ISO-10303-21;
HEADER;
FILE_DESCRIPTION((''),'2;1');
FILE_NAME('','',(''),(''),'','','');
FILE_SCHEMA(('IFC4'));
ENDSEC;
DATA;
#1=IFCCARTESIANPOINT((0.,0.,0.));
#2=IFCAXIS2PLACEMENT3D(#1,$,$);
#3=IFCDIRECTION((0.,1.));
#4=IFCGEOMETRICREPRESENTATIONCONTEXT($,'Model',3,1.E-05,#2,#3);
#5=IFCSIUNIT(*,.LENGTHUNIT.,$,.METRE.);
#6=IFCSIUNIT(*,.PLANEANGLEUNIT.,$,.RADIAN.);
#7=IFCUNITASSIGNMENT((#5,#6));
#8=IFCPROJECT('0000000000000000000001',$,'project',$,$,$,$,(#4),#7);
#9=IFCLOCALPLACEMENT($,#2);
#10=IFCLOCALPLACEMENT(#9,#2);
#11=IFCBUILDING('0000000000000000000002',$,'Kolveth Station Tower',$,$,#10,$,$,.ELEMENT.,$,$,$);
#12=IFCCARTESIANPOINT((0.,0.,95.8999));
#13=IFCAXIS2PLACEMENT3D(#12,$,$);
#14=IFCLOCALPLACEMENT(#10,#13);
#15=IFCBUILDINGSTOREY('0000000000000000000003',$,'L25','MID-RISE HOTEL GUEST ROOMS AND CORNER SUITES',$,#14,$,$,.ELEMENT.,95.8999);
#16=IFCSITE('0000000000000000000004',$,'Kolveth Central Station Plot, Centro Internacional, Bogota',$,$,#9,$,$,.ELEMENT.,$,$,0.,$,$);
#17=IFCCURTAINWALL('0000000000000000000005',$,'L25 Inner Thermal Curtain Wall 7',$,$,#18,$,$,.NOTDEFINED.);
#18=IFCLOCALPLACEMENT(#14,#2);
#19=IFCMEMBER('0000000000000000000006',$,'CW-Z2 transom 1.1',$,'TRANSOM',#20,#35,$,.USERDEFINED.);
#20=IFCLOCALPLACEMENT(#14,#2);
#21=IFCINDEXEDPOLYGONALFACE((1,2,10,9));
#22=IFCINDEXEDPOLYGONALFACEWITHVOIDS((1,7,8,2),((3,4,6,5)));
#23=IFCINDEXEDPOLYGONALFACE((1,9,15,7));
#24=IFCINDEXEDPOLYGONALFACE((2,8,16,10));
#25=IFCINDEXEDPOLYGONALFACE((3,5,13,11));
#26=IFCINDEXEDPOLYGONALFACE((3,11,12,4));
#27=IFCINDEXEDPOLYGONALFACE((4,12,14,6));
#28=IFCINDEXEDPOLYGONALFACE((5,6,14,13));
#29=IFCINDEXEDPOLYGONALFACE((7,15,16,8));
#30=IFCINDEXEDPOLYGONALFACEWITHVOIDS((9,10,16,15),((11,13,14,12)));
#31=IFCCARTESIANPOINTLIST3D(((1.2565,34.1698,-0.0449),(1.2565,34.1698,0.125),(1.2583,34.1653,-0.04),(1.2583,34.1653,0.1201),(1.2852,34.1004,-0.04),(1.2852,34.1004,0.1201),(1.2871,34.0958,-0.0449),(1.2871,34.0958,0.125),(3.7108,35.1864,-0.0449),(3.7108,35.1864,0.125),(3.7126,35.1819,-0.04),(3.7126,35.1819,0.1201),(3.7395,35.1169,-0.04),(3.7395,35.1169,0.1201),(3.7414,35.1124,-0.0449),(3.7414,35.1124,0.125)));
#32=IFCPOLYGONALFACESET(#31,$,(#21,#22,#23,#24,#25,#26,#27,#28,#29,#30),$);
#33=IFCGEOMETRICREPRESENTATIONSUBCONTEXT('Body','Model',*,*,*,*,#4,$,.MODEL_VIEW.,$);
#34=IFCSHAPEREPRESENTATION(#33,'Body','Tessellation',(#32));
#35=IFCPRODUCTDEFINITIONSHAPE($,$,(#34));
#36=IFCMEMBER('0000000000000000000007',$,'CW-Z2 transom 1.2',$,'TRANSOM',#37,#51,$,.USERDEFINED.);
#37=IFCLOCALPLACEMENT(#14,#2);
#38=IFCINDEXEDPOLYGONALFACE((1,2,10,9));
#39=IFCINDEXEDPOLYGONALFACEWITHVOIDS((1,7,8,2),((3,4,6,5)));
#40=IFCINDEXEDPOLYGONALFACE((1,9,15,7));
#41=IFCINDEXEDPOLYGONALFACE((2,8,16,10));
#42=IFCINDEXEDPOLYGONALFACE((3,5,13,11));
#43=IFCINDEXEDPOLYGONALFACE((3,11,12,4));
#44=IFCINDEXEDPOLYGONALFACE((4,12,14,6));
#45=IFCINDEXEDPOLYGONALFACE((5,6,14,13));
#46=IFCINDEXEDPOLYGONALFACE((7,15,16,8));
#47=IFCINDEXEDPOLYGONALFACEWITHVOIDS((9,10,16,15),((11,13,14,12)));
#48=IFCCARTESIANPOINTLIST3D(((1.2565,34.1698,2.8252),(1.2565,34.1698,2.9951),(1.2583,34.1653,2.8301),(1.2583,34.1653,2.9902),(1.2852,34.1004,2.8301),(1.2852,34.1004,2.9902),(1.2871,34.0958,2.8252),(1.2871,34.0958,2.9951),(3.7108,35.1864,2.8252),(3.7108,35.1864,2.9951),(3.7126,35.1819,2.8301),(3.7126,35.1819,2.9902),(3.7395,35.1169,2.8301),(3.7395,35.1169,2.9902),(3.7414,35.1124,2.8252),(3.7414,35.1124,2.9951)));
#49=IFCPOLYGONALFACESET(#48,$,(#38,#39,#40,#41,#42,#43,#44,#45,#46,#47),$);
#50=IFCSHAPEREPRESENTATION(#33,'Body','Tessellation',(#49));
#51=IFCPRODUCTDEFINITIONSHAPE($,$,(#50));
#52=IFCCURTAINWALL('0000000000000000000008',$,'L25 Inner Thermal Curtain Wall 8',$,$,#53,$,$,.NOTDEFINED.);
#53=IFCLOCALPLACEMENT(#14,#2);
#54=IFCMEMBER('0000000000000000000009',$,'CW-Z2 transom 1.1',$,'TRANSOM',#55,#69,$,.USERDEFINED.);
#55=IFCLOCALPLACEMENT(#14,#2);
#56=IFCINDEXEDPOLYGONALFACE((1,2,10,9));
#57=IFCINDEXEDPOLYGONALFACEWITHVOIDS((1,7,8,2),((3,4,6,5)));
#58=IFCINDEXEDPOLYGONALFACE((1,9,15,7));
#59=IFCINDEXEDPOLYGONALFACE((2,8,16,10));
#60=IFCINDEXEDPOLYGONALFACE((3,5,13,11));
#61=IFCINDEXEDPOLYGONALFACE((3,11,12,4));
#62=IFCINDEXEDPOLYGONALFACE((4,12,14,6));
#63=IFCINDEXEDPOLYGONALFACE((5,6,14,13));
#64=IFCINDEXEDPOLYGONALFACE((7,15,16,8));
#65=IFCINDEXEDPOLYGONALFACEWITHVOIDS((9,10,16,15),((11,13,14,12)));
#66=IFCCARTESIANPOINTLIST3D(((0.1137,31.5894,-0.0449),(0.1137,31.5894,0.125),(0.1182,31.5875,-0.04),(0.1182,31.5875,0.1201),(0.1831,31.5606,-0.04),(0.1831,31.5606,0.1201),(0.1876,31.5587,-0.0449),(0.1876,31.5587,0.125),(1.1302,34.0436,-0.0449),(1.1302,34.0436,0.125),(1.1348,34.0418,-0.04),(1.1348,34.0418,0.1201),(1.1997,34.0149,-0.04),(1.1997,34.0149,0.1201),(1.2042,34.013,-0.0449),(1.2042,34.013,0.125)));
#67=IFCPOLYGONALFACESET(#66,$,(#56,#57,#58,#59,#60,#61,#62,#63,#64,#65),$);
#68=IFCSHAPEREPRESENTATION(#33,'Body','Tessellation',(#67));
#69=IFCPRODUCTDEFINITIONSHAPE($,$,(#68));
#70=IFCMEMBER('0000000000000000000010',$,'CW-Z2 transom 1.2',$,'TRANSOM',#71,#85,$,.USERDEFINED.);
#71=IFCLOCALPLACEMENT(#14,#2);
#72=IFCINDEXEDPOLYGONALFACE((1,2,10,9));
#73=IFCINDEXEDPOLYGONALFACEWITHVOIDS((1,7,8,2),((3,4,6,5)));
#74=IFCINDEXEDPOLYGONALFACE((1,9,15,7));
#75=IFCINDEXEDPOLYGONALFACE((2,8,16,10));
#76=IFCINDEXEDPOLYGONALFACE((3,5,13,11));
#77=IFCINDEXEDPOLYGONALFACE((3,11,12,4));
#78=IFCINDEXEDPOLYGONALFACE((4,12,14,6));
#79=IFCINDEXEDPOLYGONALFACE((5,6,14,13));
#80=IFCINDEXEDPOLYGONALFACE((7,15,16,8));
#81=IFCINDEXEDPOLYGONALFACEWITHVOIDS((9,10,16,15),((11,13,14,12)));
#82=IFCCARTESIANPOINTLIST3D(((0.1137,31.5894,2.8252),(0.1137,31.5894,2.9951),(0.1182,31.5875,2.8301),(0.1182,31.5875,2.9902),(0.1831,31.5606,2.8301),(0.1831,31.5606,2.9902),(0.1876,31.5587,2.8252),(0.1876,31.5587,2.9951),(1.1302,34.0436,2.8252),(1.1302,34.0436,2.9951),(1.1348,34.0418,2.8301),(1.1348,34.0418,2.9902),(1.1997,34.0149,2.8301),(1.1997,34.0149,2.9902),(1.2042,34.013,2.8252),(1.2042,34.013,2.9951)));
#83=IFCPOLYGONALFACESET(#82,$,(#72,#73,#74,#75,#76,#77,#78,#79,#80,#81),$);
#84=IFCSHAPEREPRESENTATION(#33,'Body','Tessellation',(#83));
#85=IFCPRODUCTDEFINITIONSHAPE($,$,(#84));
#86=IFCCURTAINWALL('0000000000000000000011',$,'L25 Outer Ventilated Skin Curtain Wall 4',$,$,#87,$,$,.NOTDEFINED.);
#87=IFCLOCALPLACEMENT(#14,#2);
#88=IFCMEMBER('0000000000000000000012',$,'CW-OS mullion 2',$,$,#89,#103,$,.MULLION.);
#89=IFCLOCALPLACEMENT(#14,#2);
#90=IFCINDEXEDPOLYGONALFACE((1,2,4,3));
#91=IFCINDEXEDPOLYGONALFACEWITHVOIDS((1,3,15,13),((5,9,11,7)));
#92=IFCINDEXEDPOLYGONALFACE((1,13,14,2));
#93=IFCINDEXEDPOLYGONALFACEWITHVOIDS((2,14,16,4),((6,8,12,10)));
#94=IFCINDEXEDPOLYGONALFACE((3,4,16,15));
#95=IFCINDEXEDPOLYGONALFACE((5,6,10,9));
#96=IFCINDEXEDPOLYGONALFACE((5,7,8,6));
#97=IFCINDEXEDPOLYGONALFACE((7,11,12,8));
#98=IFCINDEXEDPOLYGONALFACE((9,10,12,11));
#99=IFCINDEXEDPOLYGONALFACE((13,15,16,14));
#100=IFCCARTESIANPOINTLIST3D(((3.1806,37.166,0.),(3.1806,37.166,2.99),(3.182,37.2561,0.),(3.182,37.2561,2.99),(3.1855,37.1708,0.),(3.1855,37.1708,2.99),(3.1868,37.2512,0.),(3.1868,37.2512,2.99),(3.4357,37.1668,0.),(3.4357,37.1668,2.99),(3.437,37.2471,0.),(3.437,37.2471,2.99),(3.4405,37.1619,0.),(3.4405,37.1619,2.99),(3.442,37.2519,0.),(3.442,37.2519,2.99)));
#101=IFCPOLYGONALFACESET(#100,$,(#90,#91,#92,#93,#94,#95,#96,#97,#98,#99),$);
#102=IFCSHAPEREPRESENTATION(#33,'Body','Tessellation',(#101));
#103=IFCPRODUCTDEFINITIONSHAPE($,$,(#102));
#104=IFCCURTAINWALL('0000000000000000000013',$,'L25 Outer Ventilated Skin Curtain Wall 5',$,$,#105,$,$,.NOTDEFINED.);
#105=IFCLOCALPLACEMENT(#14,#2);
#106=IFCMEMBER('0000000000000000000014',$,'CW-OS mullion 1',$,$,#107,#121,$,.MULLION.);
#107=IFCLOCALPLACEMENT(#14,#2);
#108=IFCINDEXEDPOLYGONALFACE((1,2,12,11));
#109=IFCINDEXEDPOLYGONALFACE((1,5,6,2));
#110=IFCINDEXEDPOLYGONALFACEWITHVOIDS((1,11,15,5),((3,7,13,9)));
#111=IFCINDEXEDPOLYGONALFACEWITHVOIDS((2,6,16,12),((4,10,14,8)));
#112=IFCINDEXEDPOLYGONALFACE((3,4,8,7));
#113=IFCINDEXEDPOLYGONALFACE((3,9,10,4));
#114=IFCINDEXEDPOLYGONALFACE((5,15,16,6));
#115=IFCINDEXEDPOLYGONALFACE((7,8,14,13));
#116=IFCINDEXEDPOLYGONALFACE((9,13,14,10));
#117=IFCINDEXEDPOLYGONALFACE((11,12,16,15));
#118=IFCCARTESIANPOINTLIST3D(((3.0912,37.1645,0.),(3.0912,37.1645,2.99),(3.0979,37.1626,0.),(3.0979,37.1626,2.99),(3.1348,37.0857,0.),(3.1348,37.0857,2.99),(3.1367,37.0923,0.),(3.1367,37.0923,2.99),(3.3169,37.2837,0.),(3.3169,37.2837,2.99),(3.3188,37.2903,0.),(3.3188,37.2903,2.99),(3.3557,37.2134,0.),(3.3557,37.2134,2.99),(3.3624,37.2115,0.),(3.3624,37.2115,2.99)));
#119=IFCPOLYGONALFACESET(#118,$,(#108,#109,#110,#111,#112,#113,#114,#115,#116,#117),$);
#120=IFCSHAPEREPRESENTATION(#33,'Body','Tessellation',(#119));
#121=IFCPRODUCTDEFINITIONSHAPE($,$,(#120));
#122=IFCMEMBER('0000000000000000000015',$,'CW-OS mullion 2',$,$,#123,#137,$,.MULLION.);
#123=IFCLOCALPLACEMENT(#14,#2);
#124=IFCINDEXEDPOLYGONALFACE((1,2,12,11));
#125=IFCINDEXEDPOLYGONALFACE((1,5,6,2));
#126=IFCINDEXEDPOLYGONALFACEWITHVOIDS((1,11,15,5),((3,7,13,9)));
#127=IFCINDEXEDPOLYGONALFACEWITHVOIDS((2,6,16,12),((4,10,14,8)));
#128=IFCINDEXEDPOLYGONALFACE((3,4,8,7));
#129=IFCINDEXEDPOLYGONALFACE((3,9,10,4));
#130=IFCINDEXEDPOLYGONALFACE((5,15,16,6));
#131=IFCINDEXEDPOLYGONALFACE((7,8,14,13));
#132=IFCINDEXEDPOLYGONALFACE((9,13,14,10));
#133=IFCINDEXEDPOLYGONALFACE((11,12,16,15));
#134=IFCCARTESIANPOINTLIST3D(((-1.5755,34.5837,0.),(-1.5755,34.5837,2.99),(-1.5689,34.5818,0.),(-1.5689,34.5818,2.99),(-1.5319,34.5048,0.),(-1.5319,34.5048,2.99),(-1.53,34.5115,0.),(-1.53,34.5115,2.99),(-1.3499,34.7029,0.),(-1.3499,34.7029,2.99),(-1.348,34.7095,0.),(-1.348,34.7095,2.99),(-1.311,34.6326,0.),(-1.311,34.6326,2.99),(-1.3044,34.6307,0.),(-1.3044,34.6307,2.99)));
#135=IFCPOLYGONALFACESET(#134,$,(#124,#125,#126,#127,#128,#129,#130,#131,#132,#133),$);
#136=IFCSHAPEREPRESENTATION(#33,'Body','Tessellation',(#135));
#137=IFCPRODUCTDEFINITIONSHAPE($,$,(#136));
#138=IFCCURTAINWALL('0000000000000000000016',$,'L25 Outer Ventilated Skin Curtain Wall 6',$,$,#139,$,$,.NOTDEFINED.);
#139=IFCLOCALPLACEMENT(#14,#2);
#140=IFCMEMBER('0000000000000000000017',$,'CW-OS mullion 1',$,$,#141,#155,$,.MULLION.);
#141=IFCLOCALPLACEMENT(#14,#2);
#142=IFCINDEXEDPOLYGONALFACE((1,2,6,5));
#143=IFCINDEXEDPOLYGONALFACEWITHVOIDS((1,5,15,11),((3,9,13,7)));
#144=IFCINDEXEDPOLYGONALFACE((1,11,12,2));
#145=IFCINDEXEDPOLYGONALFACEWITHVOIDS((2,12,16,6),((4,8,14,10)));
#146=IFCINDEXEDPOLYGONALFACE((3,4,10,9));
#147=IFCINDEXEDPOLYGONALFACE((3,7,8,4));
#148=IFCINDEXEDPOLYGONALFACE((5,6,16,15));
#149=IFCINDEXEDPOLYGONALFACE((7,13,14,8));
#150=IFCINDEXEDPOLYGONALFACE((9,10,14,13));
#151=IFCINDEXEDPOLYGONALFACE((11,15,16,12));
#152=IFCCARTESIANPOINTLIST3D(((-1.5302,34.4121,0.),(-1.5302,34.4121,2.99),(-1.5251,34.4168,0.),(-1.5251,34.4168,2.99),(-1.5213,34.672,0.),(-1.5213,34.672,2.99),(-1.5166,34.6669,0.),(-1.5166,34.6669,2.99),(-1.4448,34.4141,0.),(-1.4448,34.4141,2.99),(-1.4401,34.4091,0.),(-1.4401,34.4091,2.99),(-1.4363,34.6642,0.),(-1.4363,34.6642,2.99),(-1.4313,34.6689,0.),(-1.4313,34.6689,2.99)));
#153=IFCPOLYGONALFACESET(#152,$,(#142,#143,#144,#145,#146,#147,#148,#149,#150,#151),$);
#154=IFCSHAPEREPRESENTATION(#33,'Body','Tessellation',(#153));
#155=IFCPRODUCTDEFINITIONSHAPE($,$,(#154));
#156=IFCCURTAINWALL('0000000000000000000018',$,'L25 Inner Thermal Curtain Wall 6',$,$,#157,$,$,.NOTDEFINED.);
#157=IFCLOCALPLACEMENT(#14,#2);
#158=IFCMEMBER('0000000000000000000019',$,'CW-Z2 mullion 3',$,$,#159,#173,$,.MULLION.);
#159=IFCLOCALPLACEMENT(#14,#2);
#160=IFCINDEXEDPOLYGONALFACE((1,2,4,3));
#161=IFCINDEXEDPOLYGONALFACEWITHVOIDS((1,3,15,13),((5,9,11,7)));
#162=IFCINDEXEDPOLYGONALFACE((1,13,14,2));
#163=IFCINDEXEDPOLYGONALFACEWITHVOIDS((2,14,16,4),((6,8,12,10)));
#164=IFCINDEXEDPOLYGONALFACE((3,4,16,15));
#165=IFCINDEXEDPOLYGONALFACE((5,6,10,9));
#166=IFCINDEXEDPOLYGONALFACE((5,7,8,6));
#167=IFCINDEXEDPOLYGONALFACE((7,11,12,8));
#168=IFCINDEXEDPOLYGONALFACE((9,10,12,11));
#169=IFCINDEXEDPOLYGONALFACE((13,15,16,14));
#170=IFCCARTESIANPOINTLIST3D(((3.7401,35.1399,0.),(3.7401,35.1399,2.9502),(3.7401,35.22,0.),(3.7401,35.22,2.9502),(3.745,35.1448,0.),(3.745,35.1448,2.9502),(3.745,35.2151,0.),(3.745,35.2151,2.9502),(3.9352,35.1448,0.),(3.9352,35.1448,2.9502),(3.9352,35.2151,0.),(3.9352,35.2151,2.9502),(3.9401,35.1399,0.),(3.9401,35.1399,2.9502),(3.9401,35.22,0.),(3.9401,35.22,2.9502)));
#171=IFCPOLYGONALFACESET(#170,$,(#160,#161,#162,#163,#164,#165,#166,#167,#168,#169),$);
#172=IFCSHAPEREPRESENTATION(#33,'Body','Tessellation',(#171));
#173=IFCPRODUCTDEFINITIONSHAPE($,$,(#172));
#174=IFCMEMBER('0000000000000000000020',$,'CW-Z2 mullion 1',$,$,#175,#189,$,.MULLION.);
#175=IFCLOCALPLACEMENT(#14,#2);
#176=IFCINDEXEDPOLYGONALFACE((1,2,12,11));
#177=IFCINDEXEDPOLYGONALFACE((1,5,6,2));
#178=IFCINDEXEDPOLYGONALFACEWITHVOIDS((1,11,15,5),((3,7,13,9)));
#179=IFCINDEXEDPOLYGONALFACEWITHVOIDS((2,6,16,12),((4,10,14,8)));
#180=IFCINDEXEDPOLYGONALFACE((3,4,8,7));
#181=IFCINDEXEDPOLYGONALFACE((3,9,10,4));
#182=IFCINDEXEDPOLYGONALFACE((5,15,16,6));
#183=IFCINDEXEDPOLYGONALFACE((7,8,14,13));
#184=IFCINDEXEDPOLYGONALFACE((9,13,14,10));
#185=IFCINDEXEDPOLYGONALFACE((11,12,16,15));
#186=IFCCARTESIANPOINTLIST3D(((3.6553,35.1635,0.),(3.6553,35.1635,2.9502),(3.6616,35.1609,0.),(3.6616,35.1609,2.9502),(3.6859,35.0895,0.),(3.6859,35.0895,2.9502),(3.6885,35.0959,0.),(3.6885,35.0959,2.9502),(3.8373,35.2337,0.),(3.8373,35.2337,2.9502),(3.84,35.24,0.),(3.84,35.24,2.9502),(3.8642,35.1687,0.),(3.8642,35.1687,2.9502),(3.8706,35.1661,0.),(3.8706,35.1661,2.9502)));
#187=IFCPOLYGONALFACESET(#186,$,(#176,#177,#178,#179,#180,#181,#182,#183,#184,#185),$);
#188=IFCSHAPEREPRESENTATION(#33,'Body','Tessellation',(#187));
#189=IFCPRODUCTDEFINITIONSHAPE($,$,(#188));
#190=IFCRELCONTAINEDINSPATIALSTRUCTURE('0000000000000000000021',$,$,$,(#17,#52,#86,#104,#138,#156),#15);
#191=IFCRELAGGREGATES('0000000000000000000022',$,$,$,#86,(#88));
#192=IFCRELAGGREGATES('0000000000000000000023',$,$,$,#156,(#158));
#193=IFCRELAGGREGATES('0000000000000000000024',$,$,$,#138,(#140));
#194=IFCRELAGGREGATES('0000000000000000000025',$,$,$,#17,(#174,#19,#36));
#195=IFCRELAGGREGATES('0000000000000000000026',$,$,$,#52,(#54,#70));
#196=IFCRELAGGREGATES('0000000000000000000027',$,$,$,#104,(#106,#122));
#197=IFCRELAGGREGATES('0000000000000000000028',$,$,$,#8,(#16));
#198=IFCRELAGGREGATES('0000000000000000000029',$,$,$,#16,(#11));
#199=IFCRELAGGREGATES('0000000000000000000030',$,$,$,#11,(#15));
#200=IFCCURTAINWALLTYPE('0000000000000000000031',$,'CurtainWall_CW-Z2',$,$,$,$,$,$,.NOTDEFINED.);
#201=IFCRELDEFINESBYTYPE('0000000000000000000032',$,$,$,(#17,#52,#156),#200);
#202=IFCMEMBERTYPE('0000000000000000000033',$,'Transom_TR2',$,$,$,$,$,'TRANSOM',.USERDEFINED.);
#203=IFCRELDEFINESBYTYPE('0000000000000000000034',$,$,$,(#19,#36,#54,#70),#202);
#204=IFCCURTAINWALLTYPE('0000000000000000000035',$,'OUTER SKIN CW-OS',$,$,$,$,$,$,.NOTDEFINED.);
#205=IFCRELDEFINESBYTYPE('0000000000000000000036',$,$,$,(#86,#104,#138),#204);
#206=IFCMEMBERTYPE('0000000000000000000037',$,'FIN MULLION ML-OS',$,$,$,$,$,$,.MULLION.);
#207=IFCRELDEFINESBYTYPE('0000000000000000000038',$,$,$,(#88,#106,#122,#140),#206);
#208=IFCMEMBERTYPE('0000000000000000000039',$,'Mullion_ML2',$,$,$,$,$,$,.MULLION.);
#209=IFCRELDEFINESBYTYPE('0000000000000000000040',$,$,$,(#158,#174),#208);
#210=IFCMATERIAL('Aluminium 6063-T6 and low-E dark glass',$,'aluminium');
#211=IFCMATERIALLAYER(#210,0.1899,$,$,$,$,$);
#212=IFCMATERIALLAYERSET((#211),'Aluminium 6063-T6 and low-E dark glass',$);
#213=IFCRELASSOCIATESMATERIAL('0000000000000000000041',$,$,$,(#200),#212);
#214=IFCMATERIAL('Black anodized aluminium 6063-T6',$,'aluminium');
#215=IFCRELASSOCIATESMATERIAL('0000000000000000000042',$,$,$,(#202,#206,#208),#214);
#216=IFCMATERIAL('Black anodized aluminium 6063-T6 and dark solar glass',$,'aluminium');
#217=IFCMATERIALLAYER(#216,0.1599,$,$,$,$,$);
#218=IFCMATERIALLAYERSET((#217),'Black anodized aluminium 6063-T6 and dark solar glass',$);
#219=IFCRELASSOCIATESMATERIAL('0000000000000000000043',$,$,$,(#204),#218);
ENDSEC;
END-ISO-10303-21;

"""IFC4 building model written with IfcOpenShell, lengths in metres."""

from ifc_helpers import new_model, si_unit, direction, frame, origin, origin_2d, place, context, subcontext, project, spatial, hollow_rectangle, extrude, source, transform, mapped, material, layer, layer_set, material_profile, profile_set, type_object, element, aggregate, save


model = new_model("IFC4")

# Units and contexts
model_context = context("Model", 3, precision=1e-05, world=origin(), true_north=direction((0.0, 1.0)))
body_context = subcontext(model_context, "Body", "Model", "MODEL_VIEW")
ifc_project = project(units=[si_unit("LENGTHUNIT", "METRE"), si_unit("PLANEANGLEUNIT", "RADIAN")], contexts=[model_context])

# Site, building, storey
site_placement = place(None, origin())
site = spatial("IfcSite", under=ifc_project, at=site_placement, Name="Kolveth Central Station Plot, Centro Internacional, Bogota", CompositionType="ELEMENT", RefElevation=0.0)
building_placement = place(site_placement, origin())
building = spatial("IfcBuilding", under=site, at=building_placement, Name="Kolveth Station Tower", CompositionType="ELEMENT")
storey_placement = place(building_placement, frame((0.0, 0.0, 95.8999)))
storey = spatial("IfcBuildingStorey", under=building, at=storey_placement, Name="L25", Description="MID-RISE HOTEL GUEST ROOMS AND CORNER SUITES", CompositionType="ELEMENT", Elevation=95.8999)

# Curtain walls, members
ifc_material_1 = material(Name="Aluminium 6063-T6 and low-E dark glass", Category="aluminium")
ifc_layer_1 = layer(ifc_material_1, 0.1899)
ifc_layer_set_1 = layer_set([ifc_layer_1], Name="Aluminium 6063-T6 and low-E dark glass")
curtain_wall_type_1 = type_object("IfcCurtainWallType", Name="CurtainWall_CW-Z2", PredefinedType="NOTDEFINED", material=ifc_layer_set_1)
curtain_wall_1_placement = place(storey_placement, origin())
curtain_wall_1 = element("IfcCurtainWall", 1, at=curtain_wall_1_placement, inside=storey, type_object=curtain_wall_type_1, Name="L25 Inner Thermal Curtain Wall 7", PredefinedType="NOTDEFINED")
ifc_material_2 = material(Name="Black anodized aluminium 6063-T6", Category="aluminium")
ifc_material_profile_1 = material_profile(ifc_material_2, hollow_rectangle(XDim=0.0801, YDim=0.1699, WallThickness=0.0049, at=origin_2d()), Name="ALU-80x170x5")
ifc_profile_set_1 = profile_set([ifc_material_profile_1], Name="Black anodized aluminium 6063-T6")
member_type_1 = type_object("IfcMemberType", Name="Transom_TR2", ElementType="TRANSOM", PredefinedType="USERDEFINED", material=ifc_profile_set_1)
shared_shape_1 = source(origin(), body_context, "Body", "SweptSolid", [
    extrude(hollow_rectangle(XDim=0.0801, YDim=0.1699, WallThickness=0.0049, at=origin_2d()), origin(), (0.0, 0.0, 1.0), 2.6565),
])
member_1_placement = place(storey_placement, frame((3.7261, 35.1494, 0.04), z_axis=(-0.923882, -0.382676, 0.0), x_axis=(0.382676, -0.923882, 0.0)))
member_1 = element("IfcMember", 2, at=member_1_placement, type_object=member_type_1, Name="CW-Z2 transom 1.1", ObjectType="TRANSOM", PredefinedType="USERDEFINED", context=body_context, shape_type="MappedRepresentation", body=[
    mapped(shared_shape_1, transform((0.0, 0.0, 0.0), x_axis=(1.0, 0.0, 0.0), y_axis=(0.0, 1.0, 0.0), z_axis=(0.0, 0.0, 1.0), scale=1.0)),
])
member_2_placement = place(storey_placement, frame((3.7261, 35.1494, 2.9102), z_axis=(-0.923882, -0.382676, 0.0), x_axis=(0.382676, -0.923882, 0.0)))
member_2 = element("IfcMember", 3, at=member_2_placement, type_object=member_type_1, Name="CW-Z2 transom 1.2", ObjectType="TRANSOM", PredefinedType="USERDEFINED", context=body_context, shape_type="MappedRepresentation", body=[
    mapped(shared_shape_1, transform((0.0, 0.0, 0.0), x_axis=(1.0, 0.0, 0.0), y_axis=(0.0, 1.0, 0.0), z_axis=(0.0, 0.0, 1.0), scale=1.0)),
])
curtain_wall_2_placement = place(storey_placement, origin())
curtain_wall_2 = element("IfcCurtainWall", 4, at=curtain_wall_2_placement, inside=storey, type_object=curtain_wall_type_1, Name="L25 Inner Thermal Curtain Wall 8", PredefinedType="NOTDEFINED")
member_3_placement = place(storey_placement, frame((1.1672, 34.0283, 0.04), z_axis=(-0.382676, -0.923882, 0.0), x_axis=(0.923882, -0.382676, 0.0)))
member_3 = element("IfcMember", 5, at=member_3_placement, type_object=member_type_1, Name="CW-Z2 transom 1.1", ObjectType="TRANSOM", PredefinedType="USERDEFINED", context=body_context, shape_type="MappedRepresentation", body=[
    mapped(shared_shape_1, transform((0.0, 0.0, 0.0), x_axis=(1.0, 0.0, 0.0), y_axis=(0.0, 1.0, 0.0), z_axis=(0.0, 0.0, 1.0), scale=1.0)),
])
member_4_placement = place(storey_placement, frame((1.1672, 34.0283, 2.9102), z_axis=(-0.382676, -0.923882, 0.0), x_axis=(0.923882, -0.382676, 0.0)))
member_4 = element("IfcMember", 6, at=member_4_placement, type_object=member_type_1, Name="CW-Z2 transom 1.2", ObjectType="TRANSOM", PredefinedType="USERDEFINED", context=body_context, shape_type="MappedRepresentation", body=[
    mapped(shared_shape_1, transform((0.0, 0.0, 0.0), x_axis=(1.0, 0.0, 0.0), y_axis=(0.0, 1.0, 0.0), z_axis=(0.0, 0.0, 1.0), scale=1.0)),
])

# Curtain wall, member
ifc_material_3 = material(Name="Black anodized aluminium 6063-T6 and dark solar glass", Category="aluminium")
ifc_layer_2 = layer(ifc_material_3, 0.1599)
ifc_layer_set_2 = layer_set([ifc_layer_2], Name="Black anodized aluminium 6063-T6 and dark solar glass")
curtain_wall_type_2 = type_object("IfcCurtainWallType", Name="OUTER SKIN CW-OS", PredefinedType="NOTDEFINED", material=ifc_layer_set_2)
curtain_wall_3_placement = place(storey_placement, origin())
curtain_wall_3 = element("IfcCurtainWall", 7, at=curtain_wall_3_placement, inside=storey, type_object=curtain_wall_type_2, Name="L25 Outer Ventilated Skin Curtain Wall 4", PredefinedType="NOTDEFINED")
ifc_material_profile_2 = material_profile(ifc_material_2, hollow_rectangle(XDim=0.0901, YDim=0.26, WallThickness=0.0049, at=origin_2d()), Name="ALU-90x260x5")
ifc_profile_set_2 = profile_set([ifc_material_profile_2], Name="Black anodized aluminium 6063-T6")
member_type_2 = type_object("IfcMemberType", Name="FIN MULLION ML-OS", PredefinedType="MULLION", material=ifc_profile_set_2)
shared_shape_2 = source(origin(), body_context, "Body", "SweptSolid", [
    extrude(hollow_rectangle(XDim=0.0901, YDim=0.26, WallThickness=0.0049, at=origin_2d()), origin(), (0.0, 0.0, 1.0), 2.99),
])
member_5_placement = place(storey_placement, frame((3.3113, 37.209, 0.0), z_axis=(0.0, 0.0, 1.0), x_axis=(-0.016101, -0.99987, 0.0)))
member_5 = element("IfcMember", 8, at=member_5_placement, type_object=member_type_2, Name="CW-OS mullion 2", PredefinedType="MULLION", context=body_context, shape_type="MappedRepresentation", body=[
    mapped(shared_shape_2, transform((0.0, 0.0, 0.0), x_axis=(1.0, 0.0, 0.0), y_axis=(0.0, 1.0, 0.0), z_axis=(0.0, 0.0, 1.0), scale=1.0)),
])
aggregate(curtain_wall_3, [member_5])

# Curtain wall, members
curtain_wall_4_placement = place(storey_placement, origin())
curtain_wall_4 = element("IfcCurtainWall", 9, at=curtain_wall_4_placement, inside=storey, type_object=curtain_wall_type_2, Name="L25 Outer Ventilated Skin Curtain Wall 5", PredefinedType="NOTDEFINED")
member_6_placement = place(storey_placement, frame((3.2268, 37.188, 0.0), z_axis=(0.0, 0.0, 1.0), x_axis=(0.483953, -0.875094, 0.0)))
member_6 = element("IfcMember", 10, at=member_6_placement, type_object=member_type_2, Name="CW-OS mullion 1", PredefinedType="MULLION", context=body_context, shape_type="MappedRepresentation", body=[
    mapped(shared_shape_2, transform((0.0, 0.0, 0.0), x_axis=(1.0, 0.0, 0.0), y_axis=(0.0, 1.0, 0.0), z_axis=(0.0, 0.0, 1.0), scale=1.0)),
])
member_7_placement = place(storey_placement, frame((-1.4399, 34.6072, 0.0), z_axis=(0.0, 0.0, 1.0), x_axis=(0.483953, -0.875094, 0.0)))
member_7 = element("IfcMember", 11, at=member_7_placement, type_object=member_type_2, Name="CW-OS mullion 2", PredefinedType="MULLION", context=body_context, shape_type="MappedRepresentation", body=[
    mapped(shared_shape_2, transform((0.0, 0.0, 0.0), x_axis=(1.0, 0.0, 0.0), y_axis=(0.0, 1.0, 0.0), z_axis=(0.0, 0.0, 1.0), scale=1.0)),
])

# Curtain walls, members
curtain_wall_5_placement = place(storey_placement, origin())
curtain_wall_5 = element("IfcCurtainWall", 12, at=curtain_wall_5_placement, inside=storey, type_object=curtain_wall_type_2, Name="L25 Outer Ventilated Skin Curtain Wall 6", PredefinedType="NOTDEFINED")
member_8_placement = place(storey_placement, frame((-1.4807, 34.5405, 0.0), z_axis=(0.0, 0.0, 1.0), x_axis=(0.999419, -0.034094, 0.0)))
member_8 = element("IfcMember", 13, at=member_8_placement, type_object=member_type_2, Name="CW-OS mullion 1", PredefinedType="MULLION", context=body_context, shape_type="MappedRepresentation", body=[
    mapped(shared_shape_2, transform((0.0, 0.0, 0.0), x_axis=(1.0, 0.0, 0.0), y_axis=(0.0, 1.0, 0.0), z_axis=(0.0, 0.0, 1.0), scale=1.0)),
])
curtain_wall_6_placement = place(storey_placement, origin())
curtain_wall_6 = element("IfcCurtainWall", 14, at=curtain_wall_6_placement, inside=storey, type_object=curtain_wall_type_1, Name="L25 Inner Thermal Curtain Wall 6", PredefinedType="NOTDEFINED")
ifc_material_profile_3 = material_profile(ifc_material_2, hollow_rectangle(XDim=0.0801, YDim=0.2, WallThickness=0.0049, at=origin_2d()), Name="ALU-80x200x5")
ifc_profile_set_3 = profile_set([ifc_material_profile_3], Name="Black anodized aluminium 6063-T6")
member_type_3 = type_object("IfcMemberType", Name="Mullion_ML2", PredefinedType="MULLION", material=ifc_profile_set_3)
shared_shape_3 = source(origin(), body_context, "Body", "SweptSolid", [
    extrude(hollow_rectangle(XDim=0.0801, YDim=0.2, WallThickness=0.0049, at=origin_2d()), origin(), (0.0, 0.0, 1.0), 2.9502),
])
member_9_placement = place(storey_placement, frame((3.8401, 35.1799, 0.0), z_axis=(0.0, 0.0, 1.0), x_axis=(0.0, -1.0, 0.0)))
member_9 = element("IfcMember", 15, at=member_9_placement, type_object=member_type_3, Name="CW-Z2 mullion 3", PredefinedType="MULLION", context=body_context, shape_type="MappedRepresentation", body=[
    mapped(shared_shape_3, transform((0.0, 0.0, 0.0), x_axis=(1.0, 0.0, 0.0), y_axis=(0.0, 1.0, 0.0), z_axis=(0.0, 0.0, 1.0), scale=1.0)),
])
aggregate(curtain_wall_6, [member_9])

# Member
member_10_placement = place(storey_placement, frame((3.7629, 35.1648, 0.0), z_axis=(0.0, 0.0, 1.0), x_axis=(0.382663, -0.923888, 0.0)))
member_10 = element("IfcMember", 16, at=member_10_placement, type_object=member_type_3, Name="CW-Z2 mullion 1", PredefinedType="MULLION", context=body_context, shape_type="MappedRepresentation", body=[
    mapped(shared_shape_3, transform((0.0, 0.0, 0.0), x_axis=(1.0, 0.0, 0.0), y_axis=(0.0, 1.0, 0.0), z_axis=(0.0, 0.0, 1.0), scale=1.0)),
])
aggregate(curtain_wall_5, [member_8])

aggregate(curtain_wall_1, [member_10, member_1, member_2])
aggregate(curtain_wall_2, [member_3, member_4])
aggregate(curtain_wall_4, [member_6, member_7])

save(model, "model.ifc")
